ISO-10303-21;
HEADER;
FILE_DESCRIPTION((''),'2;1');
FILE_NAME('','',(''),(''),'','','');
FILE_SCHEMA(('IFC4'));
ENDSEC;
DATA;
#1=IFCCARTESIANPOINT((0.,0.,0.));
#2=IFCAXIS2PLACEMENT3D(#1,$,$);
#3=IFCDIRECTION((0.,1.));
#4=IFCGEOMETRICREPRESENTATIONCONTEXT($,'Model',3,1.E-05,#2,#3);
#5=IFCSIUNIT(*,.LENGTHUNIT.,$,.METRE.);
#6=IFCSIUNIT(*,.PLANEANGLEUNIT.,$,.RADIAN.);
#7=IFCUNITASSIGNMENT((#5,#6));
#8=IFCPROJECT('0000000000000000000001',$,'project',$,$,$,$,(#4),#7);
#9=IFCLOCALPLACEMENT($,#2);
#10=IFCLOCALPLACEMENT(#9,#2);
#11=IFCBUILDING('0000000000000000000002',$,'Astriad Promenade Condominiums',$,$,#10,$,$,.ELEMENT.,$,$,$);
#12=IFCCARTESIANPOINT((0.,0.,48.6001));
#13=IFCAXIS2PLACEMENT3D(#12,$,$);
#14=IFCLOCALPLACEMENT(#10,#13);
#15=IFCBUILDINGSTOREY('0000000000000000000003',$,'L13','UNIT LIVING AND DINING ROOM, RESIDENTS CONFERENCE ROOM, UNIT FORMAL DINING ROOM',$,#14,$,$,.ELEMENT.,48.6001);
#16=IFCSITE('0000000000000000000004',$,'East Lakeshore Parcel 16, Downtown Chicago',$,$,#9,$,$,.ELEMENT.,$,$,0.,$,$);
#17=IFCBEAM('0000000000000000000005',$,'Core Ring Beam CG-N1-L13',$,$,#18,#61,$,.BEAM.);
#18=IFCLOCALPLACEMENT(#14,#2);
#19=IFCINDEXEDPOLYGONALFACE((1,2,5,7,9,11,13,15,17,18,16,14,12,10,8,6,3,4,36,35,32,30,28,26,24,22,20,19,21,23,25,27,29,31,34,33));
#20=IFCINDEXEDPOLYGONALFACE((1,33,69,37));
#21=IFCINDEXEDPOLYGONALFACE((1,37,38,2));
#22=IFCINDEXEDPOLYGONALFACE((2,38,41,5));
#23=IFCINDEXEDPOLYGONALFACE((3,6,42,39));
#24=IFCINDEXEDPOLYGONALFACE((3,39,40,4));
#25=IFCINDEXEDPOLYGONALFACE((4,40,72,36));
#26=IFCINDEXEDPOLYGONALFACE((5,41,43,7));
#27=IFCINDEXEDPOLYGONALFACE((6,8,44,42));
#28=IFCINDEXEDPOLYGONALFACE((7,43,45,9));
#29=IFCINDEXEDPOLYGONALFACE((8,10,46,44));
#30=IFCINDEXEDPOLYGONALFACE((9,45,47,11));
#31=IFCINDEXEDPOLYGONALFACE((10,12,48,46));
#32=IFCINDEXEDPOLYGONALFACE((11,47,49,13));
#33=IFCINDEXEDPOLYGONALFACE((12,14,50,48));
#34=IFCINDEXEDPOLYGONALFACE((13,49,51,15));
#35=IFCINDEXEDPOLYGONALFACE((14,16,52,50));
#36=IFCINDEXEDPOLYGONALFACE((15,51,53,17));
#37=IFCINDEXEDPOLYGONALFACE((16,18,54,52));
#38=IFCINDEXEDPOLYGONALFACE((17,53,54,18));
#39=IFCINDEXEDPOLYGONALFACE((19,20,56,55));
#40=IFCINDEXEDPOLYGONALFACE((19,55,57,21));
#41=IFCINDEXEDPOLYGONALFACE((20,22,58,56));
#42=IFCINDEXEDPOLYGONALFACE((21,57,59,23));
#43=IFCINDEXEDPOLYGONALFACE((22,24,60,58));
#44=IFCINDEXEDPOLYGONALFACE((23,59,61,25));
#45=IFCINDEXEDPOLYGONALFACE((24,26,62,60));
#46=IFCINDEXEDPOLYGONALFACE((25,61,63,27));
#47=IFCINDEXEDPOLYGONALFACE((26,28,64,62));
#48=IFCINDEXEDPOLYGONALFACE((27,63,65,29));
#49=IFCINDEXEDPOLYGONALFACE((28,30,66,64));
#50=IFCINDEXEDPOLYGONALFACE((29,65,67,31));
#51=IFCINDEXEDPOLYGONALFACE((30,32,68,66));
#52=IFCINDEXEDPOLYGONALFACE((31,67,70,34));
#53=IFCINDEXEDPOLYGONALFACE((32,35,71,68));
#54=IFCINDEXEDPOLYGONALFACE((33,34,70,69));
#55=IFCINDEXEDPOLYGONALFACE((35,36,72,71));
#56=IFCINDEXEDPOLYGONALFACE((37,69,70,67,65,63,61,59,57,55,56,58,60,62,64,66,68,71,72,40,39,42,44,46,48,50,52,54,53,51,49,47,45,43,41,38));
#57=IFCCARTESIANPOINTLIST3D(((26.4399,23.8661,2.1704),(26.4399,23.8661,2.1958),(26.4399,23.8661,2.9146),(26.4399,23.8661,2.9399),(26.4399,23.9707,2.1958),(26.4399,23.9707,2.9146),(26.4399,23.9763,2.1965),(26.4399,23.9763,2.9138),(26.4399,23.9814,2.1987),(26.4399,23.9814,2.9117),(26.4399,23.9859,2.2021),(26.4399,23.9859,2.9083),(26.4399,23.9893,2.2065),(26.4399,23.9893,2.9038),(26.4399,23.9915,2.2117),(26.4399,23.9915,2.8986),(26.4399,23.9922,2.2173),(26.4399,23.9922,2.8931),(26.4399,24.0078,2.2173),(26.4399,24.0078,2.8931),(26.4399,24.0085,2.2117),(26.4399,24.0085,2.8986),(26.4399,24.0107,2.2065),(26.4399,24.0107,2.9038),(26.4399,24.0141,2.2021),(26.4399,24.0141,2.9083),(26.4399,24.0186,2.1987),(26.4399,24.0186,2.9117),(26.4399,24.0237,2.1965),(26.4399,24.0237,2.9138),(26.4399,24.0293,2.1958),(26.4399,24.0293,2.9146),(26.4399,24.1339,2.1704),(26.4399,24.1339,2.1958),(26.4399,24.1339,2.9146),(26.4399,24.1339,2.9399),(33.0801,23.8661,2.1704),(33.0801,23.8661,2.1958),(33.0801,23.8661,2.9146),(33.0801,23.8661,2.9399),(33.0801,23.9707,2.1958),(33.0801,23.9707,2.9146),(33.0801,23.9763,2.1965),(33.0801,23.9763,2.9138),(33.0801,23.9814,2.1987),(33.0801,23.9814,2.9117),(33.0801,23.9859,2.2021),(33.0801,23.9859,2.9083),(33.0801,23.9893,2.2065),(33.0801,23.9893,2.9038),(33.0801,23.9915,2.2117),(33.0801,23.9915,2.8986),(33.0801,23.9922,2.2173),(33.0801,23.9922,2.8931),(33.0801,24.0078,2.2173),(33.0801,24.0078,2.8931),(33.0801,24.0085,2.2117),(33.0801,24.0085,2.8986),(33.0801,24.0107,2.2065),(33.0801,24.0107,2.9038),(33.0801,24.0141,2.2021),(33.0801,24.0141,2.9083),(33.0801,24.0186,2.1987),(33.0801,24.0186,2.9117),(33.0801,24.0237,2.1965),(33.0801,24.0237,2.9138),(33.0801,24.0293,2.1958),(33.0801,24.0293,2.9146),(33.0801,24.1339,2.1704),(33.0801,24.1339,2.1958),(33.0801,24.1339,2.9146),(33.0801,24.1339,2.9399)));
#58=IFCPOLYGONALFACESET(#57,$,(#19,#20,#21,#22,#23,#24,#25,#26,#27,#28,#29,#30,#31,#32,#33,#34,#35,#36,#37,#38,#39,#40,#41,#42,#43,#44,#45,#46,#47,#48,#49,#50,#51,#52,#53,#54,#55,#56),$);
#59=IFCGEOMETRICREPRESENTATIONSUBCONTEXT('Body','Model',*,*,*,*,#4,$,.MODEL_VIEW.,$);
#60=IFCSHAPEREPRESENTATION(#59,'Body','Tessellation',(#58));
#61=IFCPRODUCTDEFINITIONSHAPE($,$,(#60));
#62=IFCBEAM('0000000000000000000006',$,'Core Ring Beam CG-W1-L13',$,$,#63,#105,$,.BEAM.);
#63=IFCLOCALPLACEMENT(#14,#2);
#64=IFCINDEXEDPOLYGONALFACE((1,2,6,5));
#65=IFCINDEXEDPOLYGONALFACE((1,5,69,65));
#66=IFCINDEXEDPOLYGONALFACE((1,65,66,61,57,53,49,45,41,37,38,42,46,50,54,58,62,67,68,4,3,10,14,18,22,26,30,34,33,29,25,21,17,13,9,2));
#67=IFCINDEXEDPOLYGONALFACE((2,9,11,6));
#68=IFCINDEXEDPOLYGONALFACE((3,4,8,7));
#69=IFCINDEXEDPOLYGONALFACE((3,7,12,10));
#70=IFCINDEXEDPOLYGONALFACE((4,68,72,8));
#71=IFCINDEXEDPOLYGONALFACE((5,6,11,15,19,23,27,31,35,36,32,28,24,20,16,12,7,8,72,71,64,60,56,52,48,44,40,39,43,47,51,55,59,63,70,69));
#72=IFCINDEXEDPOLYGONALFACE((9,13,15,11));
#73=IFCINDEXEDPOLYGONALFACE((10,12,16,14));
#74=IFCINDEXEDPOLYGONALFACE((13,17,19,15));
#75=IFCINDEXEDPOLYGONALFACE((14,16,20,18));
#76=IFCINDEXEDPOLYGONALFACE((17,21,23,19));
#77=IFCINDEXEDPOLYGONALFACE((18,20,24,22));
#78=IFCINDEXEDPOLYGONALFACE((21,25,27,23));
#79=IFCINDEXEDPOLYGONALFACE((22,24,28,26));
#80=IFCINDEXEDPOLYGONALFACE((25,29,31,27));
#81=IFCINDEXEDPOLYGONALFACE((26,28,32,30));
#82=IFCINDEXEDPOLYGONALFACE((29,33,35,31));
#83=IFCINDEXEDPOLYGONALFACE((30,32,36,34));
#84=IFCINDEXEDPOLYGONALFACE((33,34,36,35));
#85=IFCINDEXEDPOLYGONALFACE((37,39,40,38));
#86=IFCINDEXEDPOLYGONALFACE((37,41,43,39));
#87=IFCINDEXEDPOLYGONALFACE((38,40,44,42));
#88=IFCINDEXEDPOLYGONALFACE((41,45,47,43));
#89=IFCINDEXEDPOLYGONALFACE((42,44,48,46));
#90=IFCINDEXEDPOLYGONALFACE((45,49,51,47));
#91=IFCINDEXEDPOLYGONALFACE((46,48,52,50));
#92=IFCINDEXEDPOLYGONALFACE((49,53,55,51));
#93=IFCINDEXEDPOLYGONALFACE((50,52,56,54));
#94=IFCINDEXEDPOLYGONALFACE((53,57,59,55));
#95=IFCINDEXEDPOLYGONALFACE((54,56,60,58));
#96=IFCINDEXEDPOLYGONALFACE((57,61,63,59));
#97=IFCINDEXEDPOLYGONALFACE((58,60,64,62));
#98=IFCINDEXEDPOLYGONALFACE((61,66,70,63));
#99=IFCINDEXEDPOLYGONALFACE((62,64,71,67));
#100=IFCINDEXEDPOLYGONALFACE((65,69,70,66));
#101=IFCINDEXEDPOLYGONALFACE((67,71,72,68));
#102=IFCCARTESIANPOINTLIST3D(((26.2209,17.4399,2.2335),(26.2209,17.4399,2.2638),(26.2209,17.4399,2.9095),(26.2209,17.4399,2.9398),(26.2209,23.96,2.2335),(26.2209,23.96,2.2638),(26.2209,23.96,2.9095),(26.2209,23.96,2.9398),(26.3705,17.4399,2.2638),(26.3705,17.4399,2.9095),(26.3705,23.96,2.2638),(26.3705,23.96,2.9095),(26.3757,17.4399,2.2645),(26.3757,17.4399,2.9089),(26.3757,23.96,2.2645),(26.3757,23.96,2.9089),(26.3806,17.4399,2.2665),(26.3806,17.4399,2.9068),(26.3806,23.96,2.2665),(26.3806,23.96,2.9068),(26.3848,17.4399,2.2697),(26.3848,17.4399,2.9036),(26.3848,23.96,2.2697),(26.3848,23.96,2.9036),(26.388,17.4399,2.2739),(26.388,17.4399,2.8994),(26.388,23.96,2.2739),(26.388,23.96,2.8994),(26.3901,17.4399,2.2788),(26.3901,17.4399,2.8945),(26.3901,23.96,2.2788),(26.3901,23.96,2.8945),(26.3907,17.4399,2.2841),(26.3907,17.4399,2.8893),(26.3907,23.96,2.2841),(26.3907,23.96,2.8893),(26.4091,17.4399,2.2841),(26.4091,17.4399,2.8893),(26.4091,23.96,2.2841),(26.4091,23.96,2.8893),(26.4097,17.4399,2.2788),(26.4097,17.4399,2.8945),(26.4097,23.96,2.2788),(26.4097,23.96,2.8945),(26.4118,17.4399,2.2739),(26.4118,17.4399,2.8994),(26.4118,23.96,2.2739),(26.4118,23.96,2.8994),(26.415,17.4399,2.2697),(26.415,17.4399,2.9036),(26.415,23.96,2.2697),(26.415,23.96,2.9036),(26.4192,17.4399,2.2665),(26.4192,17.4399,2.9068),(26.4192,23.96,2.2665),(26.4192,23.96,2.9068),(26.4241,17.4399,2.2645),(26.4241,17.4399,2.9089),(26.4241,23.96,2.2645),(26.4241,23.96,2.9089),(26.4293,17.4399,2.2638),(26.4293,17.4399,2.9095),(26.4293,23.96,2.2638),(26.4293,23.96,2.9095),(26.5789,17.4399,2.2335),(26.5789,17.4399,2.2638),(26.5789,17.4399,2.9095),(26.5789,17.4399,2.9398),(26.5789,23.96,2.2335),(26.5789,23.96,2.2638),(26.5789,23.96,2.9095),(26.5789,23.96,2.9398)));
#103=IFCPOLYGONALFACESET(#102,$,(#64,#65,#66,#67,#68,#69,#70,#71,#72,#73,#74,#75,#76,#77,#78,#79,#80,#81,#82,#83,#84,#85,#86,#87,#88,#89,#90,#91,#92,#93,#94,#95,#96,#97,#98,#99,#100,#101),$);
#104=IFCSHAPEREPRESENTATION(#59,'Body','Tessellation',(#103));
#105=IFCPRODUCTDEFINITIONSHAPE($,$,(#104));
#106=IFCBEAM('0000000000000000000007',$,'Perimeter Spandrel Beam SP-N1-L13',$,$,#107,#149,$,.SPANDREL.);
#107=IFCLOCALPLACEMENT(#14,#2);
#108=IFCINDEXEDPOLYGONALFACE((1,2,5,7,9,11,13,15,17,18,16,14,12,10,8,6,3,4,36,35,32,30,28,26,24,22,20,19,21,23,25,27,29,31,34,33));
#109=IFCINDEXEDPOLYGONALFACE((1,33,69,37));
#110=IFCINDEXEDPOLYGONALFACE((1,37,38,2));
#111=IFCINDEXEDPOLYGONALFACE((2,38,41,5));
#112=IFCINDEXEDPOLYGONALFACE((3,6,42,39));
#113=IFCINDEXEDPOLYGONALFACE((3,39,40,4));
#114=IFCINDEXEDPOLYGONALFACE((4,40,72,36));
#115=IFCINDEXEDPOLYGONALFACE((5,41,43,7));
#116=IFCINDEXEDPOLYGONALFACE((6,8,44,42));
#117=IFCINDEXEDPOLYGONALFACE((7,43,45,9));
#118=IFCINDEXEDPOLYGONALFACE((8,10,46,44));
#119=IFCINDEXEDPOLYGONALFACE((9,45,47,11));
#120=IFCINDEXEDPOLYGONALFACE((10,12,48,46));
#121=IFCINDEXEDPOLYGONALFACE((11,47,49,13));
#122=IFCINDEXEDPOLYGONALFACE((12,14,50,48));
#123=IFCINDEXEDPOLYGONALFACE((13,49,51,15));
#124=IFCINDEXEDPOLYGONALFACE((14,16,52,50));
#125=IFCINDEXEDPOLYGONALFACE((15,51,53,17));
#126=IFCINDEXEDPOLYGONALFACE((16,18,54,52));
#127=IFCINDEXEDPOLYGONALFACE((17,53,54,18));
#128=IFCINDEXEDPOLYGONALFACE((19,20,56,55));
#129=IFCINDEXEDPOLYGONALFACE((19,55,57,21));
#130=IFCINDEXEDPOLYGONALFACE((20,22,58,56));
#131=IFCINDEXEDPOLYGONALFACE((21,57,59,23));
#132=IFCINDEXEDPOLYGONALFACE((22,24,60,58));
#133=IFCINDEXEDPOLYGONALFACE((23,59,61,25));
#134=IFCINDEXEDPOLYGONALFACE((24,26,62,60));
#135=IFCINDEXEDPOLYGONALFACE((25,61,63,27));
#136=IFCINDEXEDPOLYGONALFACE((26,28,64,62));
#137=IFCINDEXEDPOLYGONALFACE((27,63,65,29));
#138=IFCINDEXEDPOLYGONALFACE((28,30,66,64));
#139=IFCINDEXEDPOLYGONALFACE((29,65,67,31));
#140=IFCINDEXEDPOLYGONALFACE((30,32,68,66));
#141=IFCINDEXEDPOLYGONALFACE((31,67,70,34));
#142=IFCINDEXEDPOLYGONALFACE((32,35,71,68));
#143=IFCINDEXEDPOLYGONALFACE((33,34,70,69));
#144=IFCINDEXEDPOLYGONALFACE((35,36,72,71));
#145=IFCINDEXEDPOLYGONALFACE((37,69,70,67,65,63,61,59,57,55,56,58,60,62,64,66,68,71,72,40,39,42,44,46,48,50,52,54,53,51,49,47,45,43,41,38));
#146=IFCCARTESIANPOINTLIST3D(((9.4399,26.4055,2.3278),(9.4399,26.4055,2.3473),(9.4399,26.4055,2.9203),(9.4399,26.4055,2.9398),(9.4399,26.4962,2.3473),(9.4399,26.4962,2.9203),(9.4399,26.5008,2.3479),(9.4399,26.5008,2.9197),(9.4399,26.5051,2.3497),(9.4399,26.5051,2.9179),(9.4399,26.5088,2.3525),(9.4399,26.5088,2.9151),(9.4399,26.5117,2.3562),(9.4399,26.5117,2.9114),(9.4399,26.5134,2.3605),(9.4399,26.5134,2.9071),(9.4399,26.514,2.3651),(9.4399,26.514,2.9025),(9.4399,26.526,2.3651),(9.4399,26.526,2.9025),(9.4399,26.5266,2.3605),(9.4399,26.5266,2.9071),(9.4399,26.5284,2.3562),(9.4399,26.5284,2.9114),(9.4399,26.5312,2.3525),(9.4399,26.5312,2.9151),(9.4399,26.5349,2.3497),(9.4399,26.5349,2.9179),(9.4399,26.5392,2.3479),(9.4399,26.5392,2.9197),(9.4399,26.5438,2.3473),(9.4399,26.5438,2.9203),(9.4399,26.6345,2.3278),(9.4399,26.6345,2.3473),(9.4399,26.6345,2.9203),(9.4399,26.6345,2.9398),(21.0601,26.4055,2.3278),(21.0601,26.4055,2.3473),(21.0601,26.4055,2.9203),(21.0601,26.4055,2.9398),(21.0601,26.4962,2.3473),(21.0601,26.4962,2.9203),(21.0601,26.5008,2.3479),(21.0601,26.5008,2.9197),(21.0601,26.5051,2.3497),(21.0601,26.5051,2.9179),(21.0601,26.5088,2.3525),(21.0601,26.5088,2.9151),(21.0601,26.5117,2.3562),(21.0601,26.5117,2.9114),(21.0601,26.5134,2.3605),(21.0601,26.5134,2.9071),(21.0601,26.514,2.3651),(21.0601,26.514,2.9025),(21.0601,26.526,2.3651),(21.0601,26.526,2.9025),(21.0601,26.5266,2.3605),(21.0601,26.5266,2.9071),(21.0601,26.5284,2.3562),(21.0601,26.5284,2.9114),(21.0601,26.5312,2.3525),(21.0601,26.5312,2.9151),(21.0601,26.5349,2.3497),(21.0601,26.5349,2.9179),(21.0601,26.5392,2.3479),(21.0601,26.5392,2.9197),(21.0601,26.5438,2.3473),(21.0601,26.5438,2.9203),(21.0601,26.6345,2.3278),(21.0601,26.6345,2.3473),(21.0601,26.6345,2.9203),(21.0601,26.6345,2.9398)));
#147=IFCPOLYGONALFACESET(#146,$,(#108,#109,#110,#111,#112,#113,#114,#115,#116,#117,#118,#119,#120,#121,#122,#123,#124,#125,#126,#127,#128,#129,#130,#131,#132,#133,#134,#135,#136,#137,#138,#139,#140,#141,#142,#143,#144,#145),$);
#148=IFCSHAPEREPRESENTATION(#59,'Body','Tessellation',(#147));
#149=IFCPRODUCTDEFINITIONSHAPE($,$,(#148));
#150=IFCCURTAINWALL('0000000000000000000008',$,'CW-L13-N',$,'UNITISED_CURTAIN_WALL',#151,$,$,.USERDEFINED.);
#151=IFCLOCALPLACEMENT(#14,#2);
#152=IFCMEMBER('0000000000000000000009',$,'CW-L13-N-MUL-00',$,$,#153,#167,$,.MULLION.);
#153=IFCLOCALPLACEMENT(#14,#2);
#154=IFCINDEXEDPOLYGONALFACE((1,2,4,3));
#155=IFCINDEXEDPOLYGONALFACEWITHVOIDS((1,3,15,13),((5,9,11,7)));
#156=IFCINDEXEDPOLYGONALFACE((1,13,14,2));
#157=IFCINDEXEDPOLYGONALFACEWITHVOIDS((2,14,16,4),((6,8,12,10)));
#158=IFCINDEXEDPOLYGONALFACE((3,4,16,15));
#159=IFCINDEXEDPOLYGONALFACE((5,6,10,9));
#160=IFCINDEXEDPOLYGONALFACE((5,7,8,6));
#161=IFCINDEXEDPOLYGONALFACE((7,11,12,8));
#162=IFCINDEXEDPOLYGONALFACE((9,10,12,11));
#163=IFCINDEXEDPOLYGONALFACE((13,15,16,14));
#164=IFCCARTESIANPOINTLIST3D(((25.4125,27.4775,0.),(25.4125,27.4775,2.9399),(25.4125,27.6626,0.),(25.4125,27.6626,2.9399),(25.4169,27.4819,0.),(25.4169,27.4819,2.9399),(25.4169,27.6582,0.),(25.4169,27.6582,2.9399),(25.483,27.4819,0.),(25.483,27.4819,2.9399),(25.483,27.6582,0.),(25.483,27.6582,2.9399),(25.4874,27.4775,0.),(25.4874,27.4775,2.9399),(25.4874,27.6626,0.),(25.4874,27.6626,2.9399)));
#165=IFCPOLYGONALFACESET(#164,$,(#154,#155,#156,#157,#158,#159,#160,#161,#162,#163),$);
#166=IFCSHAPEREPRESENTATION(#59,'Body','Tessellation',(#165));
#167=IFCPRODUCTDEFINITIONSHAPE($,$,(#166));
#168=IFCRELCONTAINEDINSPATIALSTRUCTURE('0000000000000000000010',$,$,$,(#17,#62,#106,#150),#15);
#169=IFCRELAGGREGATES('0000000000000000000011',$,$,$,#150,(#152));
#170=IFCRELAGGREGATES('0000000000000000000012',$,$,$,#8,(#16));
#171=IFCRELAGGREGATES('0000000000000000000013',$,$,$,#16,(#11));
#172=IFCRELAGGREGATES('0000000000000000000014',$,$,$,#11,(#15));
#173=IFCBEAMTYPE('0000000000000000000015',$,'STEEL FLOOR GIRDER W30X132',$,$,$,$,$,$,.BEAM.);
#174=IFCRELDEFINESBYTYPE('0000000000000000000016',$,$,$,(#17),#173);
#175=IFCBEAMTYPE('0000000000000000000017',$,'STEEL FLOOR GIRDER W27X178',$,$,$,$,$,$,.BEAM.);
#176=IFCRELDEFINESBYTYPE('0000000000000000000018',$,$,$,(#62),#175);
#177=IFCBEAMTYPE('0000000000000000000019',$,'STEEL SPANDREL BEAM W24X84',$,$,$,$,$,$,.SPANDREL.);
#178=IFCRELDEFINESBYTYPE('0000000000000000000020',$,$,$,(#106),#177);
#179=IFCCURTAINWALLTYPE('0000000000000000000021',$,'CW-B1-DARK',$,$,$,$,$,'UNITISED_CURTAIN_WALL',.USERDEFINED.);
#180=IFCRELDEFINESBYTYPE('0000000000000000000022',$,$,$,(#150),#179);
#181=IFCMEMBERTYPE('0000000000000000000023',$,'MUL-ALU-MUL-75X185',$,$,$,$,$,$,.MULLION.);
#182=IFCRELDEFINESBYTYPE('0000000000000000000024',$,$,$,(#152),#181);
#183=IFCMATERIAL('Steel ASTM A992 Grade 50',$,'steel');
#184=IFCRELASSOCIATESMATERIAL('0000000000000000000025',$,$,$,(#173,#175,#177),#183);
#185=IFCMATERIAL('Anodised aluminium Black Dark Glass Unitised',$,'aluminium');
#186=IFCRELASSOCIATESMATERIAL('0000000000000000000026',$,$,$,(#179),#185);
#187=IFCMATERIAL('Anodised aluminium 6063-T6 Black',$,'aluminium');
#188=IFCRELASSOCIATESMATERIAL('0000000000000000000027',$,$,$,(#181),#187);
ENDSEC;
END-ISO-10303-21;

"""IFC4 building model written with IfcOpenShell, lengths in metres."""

from ifc_helpers import new_model, si_unit, direction, frame, origin, origin_2d, place, context, subcontext, project, spatial, hollow_rectangle, i_section, extrude, source, transform, mapped, material, material_profile, profile_set, type_object, type_shapes, element, aggregate, save


model = new_model("IFC4")

# Units and contexts
model_context = context("Model", 3, precision=1e-05, world=origin(), true_north=direction((0.0, 1.0)))
body_context = subcontext(model_context, "Body", "Model", "MODEL_VIEW")
ifc_project = project(units=[si_unit("LENGTHUNIT", "METRE"), si_unit("PLANEANGLEUNIT", "RADIAN")], contexts=[model_context])

# Site, building, storey
site_placement = place(None, origin())
site = spatial("IfcSite", under=ifc_project, at=site_placement, Name="East Lakeshore Parcel 16, Downtown Chicago", CompositionType="ELEMENT", RefElevation=0.0)
building_placement = place(site_placement, origin())
building = spatial("IfcBuilding", under=site, at=building_placement, Name="Astriad Promenade Condominiums", CompositionType="ELEMENT")
storey_placement = place(building_placement, frame((0.0, 0.0, 48.6001)))
storey = spatial("IfcBuildingStorey", under=building, at=storey_placement, Name="L13", Description="UNIT LIVING AND DINING ROOM, RESIDENTS CONFERENCE ROOM, UNIT FORMAL DINING ROOM", CompositionType="ELEMENT", Elevation=48.6001)

# Shared definitions
ifc_material_1 = material(Name="Steel ASTM A992 Grade 50", Category="steel")

# Beams
ifc_material_profile_1 = material_profile(ifc_material_1, i_section(OverallWidth=0.2678, OverallDepth=0.7695, WebThickness=0.0156, FlangeThickness=0.0254, FilletRadius=0.0215, at=origin_2d()), Name="W30X132")
ifc_profile_set_1 = profile_set([ifc_material_profile_1], Name="Steel ASTM A992 Grade 50")
beam_type_1 = type_object("IfcBeamType", Name="STEEL FLOOR GIRDER W30X132", PredefinedType="BEAM", material=ifc_profile_set_1)
shared_shape_1 = source(origin(), body_context, "Body", "SweptSolid", [
    extrude(i_section(OverallWidth=0.2678, OverallDepth=0.7695, WebThickness=0.0156, FlangeThickness=0.0254, FilletRadius=0.0215, at=origin_2d()), origin(), (0.0, 0.0, 1.0), 6.6401),
])
type_shapes(beam_type_1, [shared_shape_1])
beam_1_placement = place(storey_placement, frame((26.4399, 24.0, 2.5552), z_axis=(1.0, 0.0, 0.0), x_axis=(0.0, 1.0, 0.0)))
element("IfcBeam", 1, at=beam_1_placement, inside=storey, type_object=beam_type_1, Name="Core Ring Beam CG-N1-L13", PredefinedType="BEAM", context=body_context, shape_type="MappedRepresentation", body=[
    mapped(shared_shape_1, transform((0.0, 0.0, 0.0), scale=1.0)),
])
ifc_material_profile_2 = material_profile(ifc_material_1, i_section(OverallWidth=0.3579, OverallDepth=0.7063, WebThickness=0.0183, FlangeThickness=0.0303, FilletRadius=0.0203, at=origin_2d()), Name="W27X178")
ifc_profile_set_2 = profile_set([ifc_material_profile_2], Name="Steel ASTM A992 Grade 50")
beam_type_2 = type_object("IfcBeamType", Name="STEEL FLOOR GIRDER W27X178", PredefinedType="BEAM", material=ifc_profile_set_2)
shared_shape_2 = source(origin(), body_context, "Body", "SweptSolid", [
    extrude(i_section(OverallWidth=0.3579, OverallDepth=0.7063, WebThickness=0.0183, FlangeThickness=0.0303, FilletRadius=0.0203, at=origin_2d()), origin(), (0.0, 0.0, 1.0), 6.52),
])
type_shapes(beam_type_2, [shared_shape_2])
beam_2_placement = place(storey_placement, frame((26.3999, 17.4399, 2.5867), z_axis=(0.0, 1.0, 0.0), x_axis=(-1.0, 0.0, 0.0)))
element("IfcBeam", 2, at=beam_2_placement, inside=storey, type_object=beam_type_2, Name="Core Ring Beam CG-W1-L13", PredefinedType="BEAM", context=body_context, shape_type="MappedRepresentation", body=[
    mapped(shared_shape_2, transform((0.0, 0.0, 0.0), scale=1.0)),
])
ifc_material_profile_3 = material_profile(ifc_material_1, i_section(OverallWidth=0.229, OverallDepth=0.6121, WebThickness=0.012, FlangeThickness=0.0195, FilletRadius=0.0178, at=origin_2d()), Name="W24X84")
ifc_profile_set_3 = profile_set([ifc_material_profile_3], Name="Steel ASTM A992 Grade 50")
beam_type_3 = type_object("IfcBeamType", Name="STEEL SPANDREL BEAM W24X84", PredefinedType="SPANDREL", material=ifc_profile_set_3)
shared_shape_3 = source(origin(), body_context, "Body", "SweptSolid", [
    extrude(i_section(OverallWidth=0.229, OverallDepth=0.6121, WebThickness=0.012, FlangeThickness=0.0195, FilletRadius=0.0178, at=origin_2d()), origin(), (0.0, 0.0, 1.0), 11.6201),
])
type_shapes(beam_type_3, [shared_shape_3])
beam_3_placement = place(storey_placement, frame((21.0601, 26.52, 2.6338), z_axis=(-1.0, 0.0, 0.0), x_axis=(0.0, -1.0, 0.0)))
element("IfcBeam", 3, at=beam_3_placement, inside=storey, type_object=beam_type_3, Name="Perimeter Spandrel Beam SP-N1-L13", PredefinedType="SPANDREL", context=body_context, shape_type="MappedRepresentation", body=[
    mapped(shared_shape_3, transform((0.0, 0.0, 0.0), scale=1.0)),
])

# Curtain wall, member
ifc_material_2 = material(Name="Anodised aluminium Black Dark Glass Unitised", Category="aluminium")
curtain_wall_type = type_object("IfcCurtainWallType", Name="CW-B1-DARK", ElementType="UNITISED_CURTAIN_WALL", PredefinedType="USERDEFINED", material=ifc_material_2)
curtain_wall_placement = place(storey_placement, origin())
curtain_wall = element("IfcCurtainWall", 4, at=curtain_wall_placement, inside=storey, type_object=curtain_wall_type, Name="CW-L13-N", ObjectType="UNITISED_CURTAIN_WALL", PredefinedType="USERDEFINED")
ifc_material_3 = material(Name="Anodised aluminium 6063-T6 Black", Category="aluminium")
ifc_material_profile_4 = material_profile(ifc_material_3, hollow_rectangle(XDim=0.075, YDim=0.1851, WallThickness=0.0044, at=origin_2d()), Name="ALU-MUL-75X185")
ifc_profile_set_4 = profile_set([ifc_material_profile_4], Name="Anodised aluminium 6063-T6 Black")
member_type_1 = type_object("IfcMemberType", Name="MUL-ALU-MUL-75X185", PredefinedType="MULLION", material=ifc_profile_set_4)
shared_shape_4 = source(origin(), body_context, "Body", "SweptSolid", [
    extrude(hollow_rectangle(XDim=0.075, YDim=0.1851, WallThickness=0.0044, at=origin_2d()), origin(), (0.0, 0.0, 1.0), 2.9399),
])
type_shapes(member_type_1, [shared_shape_4])
member_1_placement = place(storey_placement, frame((25.45, 27.5701, 0.0), z_axis=(0.0, 0.0, 1.0), x_axis=(1.0, 0.0, 0.0)))
member_1 = element("IfcMember", 5, at=member_1_placement, type_object=member_type_1, Name="CW-L13-N-MUL-00", PredefinedType="MULLION", context=body_context, shape_type="MappedRepresentation", body=[
    mapped(shared_shape_4, transform((0.0, 0.0, 0.0), scale=1.0)),
])
aggregate(curtain_wall, [member_1])

save(model, "model.ifc")
